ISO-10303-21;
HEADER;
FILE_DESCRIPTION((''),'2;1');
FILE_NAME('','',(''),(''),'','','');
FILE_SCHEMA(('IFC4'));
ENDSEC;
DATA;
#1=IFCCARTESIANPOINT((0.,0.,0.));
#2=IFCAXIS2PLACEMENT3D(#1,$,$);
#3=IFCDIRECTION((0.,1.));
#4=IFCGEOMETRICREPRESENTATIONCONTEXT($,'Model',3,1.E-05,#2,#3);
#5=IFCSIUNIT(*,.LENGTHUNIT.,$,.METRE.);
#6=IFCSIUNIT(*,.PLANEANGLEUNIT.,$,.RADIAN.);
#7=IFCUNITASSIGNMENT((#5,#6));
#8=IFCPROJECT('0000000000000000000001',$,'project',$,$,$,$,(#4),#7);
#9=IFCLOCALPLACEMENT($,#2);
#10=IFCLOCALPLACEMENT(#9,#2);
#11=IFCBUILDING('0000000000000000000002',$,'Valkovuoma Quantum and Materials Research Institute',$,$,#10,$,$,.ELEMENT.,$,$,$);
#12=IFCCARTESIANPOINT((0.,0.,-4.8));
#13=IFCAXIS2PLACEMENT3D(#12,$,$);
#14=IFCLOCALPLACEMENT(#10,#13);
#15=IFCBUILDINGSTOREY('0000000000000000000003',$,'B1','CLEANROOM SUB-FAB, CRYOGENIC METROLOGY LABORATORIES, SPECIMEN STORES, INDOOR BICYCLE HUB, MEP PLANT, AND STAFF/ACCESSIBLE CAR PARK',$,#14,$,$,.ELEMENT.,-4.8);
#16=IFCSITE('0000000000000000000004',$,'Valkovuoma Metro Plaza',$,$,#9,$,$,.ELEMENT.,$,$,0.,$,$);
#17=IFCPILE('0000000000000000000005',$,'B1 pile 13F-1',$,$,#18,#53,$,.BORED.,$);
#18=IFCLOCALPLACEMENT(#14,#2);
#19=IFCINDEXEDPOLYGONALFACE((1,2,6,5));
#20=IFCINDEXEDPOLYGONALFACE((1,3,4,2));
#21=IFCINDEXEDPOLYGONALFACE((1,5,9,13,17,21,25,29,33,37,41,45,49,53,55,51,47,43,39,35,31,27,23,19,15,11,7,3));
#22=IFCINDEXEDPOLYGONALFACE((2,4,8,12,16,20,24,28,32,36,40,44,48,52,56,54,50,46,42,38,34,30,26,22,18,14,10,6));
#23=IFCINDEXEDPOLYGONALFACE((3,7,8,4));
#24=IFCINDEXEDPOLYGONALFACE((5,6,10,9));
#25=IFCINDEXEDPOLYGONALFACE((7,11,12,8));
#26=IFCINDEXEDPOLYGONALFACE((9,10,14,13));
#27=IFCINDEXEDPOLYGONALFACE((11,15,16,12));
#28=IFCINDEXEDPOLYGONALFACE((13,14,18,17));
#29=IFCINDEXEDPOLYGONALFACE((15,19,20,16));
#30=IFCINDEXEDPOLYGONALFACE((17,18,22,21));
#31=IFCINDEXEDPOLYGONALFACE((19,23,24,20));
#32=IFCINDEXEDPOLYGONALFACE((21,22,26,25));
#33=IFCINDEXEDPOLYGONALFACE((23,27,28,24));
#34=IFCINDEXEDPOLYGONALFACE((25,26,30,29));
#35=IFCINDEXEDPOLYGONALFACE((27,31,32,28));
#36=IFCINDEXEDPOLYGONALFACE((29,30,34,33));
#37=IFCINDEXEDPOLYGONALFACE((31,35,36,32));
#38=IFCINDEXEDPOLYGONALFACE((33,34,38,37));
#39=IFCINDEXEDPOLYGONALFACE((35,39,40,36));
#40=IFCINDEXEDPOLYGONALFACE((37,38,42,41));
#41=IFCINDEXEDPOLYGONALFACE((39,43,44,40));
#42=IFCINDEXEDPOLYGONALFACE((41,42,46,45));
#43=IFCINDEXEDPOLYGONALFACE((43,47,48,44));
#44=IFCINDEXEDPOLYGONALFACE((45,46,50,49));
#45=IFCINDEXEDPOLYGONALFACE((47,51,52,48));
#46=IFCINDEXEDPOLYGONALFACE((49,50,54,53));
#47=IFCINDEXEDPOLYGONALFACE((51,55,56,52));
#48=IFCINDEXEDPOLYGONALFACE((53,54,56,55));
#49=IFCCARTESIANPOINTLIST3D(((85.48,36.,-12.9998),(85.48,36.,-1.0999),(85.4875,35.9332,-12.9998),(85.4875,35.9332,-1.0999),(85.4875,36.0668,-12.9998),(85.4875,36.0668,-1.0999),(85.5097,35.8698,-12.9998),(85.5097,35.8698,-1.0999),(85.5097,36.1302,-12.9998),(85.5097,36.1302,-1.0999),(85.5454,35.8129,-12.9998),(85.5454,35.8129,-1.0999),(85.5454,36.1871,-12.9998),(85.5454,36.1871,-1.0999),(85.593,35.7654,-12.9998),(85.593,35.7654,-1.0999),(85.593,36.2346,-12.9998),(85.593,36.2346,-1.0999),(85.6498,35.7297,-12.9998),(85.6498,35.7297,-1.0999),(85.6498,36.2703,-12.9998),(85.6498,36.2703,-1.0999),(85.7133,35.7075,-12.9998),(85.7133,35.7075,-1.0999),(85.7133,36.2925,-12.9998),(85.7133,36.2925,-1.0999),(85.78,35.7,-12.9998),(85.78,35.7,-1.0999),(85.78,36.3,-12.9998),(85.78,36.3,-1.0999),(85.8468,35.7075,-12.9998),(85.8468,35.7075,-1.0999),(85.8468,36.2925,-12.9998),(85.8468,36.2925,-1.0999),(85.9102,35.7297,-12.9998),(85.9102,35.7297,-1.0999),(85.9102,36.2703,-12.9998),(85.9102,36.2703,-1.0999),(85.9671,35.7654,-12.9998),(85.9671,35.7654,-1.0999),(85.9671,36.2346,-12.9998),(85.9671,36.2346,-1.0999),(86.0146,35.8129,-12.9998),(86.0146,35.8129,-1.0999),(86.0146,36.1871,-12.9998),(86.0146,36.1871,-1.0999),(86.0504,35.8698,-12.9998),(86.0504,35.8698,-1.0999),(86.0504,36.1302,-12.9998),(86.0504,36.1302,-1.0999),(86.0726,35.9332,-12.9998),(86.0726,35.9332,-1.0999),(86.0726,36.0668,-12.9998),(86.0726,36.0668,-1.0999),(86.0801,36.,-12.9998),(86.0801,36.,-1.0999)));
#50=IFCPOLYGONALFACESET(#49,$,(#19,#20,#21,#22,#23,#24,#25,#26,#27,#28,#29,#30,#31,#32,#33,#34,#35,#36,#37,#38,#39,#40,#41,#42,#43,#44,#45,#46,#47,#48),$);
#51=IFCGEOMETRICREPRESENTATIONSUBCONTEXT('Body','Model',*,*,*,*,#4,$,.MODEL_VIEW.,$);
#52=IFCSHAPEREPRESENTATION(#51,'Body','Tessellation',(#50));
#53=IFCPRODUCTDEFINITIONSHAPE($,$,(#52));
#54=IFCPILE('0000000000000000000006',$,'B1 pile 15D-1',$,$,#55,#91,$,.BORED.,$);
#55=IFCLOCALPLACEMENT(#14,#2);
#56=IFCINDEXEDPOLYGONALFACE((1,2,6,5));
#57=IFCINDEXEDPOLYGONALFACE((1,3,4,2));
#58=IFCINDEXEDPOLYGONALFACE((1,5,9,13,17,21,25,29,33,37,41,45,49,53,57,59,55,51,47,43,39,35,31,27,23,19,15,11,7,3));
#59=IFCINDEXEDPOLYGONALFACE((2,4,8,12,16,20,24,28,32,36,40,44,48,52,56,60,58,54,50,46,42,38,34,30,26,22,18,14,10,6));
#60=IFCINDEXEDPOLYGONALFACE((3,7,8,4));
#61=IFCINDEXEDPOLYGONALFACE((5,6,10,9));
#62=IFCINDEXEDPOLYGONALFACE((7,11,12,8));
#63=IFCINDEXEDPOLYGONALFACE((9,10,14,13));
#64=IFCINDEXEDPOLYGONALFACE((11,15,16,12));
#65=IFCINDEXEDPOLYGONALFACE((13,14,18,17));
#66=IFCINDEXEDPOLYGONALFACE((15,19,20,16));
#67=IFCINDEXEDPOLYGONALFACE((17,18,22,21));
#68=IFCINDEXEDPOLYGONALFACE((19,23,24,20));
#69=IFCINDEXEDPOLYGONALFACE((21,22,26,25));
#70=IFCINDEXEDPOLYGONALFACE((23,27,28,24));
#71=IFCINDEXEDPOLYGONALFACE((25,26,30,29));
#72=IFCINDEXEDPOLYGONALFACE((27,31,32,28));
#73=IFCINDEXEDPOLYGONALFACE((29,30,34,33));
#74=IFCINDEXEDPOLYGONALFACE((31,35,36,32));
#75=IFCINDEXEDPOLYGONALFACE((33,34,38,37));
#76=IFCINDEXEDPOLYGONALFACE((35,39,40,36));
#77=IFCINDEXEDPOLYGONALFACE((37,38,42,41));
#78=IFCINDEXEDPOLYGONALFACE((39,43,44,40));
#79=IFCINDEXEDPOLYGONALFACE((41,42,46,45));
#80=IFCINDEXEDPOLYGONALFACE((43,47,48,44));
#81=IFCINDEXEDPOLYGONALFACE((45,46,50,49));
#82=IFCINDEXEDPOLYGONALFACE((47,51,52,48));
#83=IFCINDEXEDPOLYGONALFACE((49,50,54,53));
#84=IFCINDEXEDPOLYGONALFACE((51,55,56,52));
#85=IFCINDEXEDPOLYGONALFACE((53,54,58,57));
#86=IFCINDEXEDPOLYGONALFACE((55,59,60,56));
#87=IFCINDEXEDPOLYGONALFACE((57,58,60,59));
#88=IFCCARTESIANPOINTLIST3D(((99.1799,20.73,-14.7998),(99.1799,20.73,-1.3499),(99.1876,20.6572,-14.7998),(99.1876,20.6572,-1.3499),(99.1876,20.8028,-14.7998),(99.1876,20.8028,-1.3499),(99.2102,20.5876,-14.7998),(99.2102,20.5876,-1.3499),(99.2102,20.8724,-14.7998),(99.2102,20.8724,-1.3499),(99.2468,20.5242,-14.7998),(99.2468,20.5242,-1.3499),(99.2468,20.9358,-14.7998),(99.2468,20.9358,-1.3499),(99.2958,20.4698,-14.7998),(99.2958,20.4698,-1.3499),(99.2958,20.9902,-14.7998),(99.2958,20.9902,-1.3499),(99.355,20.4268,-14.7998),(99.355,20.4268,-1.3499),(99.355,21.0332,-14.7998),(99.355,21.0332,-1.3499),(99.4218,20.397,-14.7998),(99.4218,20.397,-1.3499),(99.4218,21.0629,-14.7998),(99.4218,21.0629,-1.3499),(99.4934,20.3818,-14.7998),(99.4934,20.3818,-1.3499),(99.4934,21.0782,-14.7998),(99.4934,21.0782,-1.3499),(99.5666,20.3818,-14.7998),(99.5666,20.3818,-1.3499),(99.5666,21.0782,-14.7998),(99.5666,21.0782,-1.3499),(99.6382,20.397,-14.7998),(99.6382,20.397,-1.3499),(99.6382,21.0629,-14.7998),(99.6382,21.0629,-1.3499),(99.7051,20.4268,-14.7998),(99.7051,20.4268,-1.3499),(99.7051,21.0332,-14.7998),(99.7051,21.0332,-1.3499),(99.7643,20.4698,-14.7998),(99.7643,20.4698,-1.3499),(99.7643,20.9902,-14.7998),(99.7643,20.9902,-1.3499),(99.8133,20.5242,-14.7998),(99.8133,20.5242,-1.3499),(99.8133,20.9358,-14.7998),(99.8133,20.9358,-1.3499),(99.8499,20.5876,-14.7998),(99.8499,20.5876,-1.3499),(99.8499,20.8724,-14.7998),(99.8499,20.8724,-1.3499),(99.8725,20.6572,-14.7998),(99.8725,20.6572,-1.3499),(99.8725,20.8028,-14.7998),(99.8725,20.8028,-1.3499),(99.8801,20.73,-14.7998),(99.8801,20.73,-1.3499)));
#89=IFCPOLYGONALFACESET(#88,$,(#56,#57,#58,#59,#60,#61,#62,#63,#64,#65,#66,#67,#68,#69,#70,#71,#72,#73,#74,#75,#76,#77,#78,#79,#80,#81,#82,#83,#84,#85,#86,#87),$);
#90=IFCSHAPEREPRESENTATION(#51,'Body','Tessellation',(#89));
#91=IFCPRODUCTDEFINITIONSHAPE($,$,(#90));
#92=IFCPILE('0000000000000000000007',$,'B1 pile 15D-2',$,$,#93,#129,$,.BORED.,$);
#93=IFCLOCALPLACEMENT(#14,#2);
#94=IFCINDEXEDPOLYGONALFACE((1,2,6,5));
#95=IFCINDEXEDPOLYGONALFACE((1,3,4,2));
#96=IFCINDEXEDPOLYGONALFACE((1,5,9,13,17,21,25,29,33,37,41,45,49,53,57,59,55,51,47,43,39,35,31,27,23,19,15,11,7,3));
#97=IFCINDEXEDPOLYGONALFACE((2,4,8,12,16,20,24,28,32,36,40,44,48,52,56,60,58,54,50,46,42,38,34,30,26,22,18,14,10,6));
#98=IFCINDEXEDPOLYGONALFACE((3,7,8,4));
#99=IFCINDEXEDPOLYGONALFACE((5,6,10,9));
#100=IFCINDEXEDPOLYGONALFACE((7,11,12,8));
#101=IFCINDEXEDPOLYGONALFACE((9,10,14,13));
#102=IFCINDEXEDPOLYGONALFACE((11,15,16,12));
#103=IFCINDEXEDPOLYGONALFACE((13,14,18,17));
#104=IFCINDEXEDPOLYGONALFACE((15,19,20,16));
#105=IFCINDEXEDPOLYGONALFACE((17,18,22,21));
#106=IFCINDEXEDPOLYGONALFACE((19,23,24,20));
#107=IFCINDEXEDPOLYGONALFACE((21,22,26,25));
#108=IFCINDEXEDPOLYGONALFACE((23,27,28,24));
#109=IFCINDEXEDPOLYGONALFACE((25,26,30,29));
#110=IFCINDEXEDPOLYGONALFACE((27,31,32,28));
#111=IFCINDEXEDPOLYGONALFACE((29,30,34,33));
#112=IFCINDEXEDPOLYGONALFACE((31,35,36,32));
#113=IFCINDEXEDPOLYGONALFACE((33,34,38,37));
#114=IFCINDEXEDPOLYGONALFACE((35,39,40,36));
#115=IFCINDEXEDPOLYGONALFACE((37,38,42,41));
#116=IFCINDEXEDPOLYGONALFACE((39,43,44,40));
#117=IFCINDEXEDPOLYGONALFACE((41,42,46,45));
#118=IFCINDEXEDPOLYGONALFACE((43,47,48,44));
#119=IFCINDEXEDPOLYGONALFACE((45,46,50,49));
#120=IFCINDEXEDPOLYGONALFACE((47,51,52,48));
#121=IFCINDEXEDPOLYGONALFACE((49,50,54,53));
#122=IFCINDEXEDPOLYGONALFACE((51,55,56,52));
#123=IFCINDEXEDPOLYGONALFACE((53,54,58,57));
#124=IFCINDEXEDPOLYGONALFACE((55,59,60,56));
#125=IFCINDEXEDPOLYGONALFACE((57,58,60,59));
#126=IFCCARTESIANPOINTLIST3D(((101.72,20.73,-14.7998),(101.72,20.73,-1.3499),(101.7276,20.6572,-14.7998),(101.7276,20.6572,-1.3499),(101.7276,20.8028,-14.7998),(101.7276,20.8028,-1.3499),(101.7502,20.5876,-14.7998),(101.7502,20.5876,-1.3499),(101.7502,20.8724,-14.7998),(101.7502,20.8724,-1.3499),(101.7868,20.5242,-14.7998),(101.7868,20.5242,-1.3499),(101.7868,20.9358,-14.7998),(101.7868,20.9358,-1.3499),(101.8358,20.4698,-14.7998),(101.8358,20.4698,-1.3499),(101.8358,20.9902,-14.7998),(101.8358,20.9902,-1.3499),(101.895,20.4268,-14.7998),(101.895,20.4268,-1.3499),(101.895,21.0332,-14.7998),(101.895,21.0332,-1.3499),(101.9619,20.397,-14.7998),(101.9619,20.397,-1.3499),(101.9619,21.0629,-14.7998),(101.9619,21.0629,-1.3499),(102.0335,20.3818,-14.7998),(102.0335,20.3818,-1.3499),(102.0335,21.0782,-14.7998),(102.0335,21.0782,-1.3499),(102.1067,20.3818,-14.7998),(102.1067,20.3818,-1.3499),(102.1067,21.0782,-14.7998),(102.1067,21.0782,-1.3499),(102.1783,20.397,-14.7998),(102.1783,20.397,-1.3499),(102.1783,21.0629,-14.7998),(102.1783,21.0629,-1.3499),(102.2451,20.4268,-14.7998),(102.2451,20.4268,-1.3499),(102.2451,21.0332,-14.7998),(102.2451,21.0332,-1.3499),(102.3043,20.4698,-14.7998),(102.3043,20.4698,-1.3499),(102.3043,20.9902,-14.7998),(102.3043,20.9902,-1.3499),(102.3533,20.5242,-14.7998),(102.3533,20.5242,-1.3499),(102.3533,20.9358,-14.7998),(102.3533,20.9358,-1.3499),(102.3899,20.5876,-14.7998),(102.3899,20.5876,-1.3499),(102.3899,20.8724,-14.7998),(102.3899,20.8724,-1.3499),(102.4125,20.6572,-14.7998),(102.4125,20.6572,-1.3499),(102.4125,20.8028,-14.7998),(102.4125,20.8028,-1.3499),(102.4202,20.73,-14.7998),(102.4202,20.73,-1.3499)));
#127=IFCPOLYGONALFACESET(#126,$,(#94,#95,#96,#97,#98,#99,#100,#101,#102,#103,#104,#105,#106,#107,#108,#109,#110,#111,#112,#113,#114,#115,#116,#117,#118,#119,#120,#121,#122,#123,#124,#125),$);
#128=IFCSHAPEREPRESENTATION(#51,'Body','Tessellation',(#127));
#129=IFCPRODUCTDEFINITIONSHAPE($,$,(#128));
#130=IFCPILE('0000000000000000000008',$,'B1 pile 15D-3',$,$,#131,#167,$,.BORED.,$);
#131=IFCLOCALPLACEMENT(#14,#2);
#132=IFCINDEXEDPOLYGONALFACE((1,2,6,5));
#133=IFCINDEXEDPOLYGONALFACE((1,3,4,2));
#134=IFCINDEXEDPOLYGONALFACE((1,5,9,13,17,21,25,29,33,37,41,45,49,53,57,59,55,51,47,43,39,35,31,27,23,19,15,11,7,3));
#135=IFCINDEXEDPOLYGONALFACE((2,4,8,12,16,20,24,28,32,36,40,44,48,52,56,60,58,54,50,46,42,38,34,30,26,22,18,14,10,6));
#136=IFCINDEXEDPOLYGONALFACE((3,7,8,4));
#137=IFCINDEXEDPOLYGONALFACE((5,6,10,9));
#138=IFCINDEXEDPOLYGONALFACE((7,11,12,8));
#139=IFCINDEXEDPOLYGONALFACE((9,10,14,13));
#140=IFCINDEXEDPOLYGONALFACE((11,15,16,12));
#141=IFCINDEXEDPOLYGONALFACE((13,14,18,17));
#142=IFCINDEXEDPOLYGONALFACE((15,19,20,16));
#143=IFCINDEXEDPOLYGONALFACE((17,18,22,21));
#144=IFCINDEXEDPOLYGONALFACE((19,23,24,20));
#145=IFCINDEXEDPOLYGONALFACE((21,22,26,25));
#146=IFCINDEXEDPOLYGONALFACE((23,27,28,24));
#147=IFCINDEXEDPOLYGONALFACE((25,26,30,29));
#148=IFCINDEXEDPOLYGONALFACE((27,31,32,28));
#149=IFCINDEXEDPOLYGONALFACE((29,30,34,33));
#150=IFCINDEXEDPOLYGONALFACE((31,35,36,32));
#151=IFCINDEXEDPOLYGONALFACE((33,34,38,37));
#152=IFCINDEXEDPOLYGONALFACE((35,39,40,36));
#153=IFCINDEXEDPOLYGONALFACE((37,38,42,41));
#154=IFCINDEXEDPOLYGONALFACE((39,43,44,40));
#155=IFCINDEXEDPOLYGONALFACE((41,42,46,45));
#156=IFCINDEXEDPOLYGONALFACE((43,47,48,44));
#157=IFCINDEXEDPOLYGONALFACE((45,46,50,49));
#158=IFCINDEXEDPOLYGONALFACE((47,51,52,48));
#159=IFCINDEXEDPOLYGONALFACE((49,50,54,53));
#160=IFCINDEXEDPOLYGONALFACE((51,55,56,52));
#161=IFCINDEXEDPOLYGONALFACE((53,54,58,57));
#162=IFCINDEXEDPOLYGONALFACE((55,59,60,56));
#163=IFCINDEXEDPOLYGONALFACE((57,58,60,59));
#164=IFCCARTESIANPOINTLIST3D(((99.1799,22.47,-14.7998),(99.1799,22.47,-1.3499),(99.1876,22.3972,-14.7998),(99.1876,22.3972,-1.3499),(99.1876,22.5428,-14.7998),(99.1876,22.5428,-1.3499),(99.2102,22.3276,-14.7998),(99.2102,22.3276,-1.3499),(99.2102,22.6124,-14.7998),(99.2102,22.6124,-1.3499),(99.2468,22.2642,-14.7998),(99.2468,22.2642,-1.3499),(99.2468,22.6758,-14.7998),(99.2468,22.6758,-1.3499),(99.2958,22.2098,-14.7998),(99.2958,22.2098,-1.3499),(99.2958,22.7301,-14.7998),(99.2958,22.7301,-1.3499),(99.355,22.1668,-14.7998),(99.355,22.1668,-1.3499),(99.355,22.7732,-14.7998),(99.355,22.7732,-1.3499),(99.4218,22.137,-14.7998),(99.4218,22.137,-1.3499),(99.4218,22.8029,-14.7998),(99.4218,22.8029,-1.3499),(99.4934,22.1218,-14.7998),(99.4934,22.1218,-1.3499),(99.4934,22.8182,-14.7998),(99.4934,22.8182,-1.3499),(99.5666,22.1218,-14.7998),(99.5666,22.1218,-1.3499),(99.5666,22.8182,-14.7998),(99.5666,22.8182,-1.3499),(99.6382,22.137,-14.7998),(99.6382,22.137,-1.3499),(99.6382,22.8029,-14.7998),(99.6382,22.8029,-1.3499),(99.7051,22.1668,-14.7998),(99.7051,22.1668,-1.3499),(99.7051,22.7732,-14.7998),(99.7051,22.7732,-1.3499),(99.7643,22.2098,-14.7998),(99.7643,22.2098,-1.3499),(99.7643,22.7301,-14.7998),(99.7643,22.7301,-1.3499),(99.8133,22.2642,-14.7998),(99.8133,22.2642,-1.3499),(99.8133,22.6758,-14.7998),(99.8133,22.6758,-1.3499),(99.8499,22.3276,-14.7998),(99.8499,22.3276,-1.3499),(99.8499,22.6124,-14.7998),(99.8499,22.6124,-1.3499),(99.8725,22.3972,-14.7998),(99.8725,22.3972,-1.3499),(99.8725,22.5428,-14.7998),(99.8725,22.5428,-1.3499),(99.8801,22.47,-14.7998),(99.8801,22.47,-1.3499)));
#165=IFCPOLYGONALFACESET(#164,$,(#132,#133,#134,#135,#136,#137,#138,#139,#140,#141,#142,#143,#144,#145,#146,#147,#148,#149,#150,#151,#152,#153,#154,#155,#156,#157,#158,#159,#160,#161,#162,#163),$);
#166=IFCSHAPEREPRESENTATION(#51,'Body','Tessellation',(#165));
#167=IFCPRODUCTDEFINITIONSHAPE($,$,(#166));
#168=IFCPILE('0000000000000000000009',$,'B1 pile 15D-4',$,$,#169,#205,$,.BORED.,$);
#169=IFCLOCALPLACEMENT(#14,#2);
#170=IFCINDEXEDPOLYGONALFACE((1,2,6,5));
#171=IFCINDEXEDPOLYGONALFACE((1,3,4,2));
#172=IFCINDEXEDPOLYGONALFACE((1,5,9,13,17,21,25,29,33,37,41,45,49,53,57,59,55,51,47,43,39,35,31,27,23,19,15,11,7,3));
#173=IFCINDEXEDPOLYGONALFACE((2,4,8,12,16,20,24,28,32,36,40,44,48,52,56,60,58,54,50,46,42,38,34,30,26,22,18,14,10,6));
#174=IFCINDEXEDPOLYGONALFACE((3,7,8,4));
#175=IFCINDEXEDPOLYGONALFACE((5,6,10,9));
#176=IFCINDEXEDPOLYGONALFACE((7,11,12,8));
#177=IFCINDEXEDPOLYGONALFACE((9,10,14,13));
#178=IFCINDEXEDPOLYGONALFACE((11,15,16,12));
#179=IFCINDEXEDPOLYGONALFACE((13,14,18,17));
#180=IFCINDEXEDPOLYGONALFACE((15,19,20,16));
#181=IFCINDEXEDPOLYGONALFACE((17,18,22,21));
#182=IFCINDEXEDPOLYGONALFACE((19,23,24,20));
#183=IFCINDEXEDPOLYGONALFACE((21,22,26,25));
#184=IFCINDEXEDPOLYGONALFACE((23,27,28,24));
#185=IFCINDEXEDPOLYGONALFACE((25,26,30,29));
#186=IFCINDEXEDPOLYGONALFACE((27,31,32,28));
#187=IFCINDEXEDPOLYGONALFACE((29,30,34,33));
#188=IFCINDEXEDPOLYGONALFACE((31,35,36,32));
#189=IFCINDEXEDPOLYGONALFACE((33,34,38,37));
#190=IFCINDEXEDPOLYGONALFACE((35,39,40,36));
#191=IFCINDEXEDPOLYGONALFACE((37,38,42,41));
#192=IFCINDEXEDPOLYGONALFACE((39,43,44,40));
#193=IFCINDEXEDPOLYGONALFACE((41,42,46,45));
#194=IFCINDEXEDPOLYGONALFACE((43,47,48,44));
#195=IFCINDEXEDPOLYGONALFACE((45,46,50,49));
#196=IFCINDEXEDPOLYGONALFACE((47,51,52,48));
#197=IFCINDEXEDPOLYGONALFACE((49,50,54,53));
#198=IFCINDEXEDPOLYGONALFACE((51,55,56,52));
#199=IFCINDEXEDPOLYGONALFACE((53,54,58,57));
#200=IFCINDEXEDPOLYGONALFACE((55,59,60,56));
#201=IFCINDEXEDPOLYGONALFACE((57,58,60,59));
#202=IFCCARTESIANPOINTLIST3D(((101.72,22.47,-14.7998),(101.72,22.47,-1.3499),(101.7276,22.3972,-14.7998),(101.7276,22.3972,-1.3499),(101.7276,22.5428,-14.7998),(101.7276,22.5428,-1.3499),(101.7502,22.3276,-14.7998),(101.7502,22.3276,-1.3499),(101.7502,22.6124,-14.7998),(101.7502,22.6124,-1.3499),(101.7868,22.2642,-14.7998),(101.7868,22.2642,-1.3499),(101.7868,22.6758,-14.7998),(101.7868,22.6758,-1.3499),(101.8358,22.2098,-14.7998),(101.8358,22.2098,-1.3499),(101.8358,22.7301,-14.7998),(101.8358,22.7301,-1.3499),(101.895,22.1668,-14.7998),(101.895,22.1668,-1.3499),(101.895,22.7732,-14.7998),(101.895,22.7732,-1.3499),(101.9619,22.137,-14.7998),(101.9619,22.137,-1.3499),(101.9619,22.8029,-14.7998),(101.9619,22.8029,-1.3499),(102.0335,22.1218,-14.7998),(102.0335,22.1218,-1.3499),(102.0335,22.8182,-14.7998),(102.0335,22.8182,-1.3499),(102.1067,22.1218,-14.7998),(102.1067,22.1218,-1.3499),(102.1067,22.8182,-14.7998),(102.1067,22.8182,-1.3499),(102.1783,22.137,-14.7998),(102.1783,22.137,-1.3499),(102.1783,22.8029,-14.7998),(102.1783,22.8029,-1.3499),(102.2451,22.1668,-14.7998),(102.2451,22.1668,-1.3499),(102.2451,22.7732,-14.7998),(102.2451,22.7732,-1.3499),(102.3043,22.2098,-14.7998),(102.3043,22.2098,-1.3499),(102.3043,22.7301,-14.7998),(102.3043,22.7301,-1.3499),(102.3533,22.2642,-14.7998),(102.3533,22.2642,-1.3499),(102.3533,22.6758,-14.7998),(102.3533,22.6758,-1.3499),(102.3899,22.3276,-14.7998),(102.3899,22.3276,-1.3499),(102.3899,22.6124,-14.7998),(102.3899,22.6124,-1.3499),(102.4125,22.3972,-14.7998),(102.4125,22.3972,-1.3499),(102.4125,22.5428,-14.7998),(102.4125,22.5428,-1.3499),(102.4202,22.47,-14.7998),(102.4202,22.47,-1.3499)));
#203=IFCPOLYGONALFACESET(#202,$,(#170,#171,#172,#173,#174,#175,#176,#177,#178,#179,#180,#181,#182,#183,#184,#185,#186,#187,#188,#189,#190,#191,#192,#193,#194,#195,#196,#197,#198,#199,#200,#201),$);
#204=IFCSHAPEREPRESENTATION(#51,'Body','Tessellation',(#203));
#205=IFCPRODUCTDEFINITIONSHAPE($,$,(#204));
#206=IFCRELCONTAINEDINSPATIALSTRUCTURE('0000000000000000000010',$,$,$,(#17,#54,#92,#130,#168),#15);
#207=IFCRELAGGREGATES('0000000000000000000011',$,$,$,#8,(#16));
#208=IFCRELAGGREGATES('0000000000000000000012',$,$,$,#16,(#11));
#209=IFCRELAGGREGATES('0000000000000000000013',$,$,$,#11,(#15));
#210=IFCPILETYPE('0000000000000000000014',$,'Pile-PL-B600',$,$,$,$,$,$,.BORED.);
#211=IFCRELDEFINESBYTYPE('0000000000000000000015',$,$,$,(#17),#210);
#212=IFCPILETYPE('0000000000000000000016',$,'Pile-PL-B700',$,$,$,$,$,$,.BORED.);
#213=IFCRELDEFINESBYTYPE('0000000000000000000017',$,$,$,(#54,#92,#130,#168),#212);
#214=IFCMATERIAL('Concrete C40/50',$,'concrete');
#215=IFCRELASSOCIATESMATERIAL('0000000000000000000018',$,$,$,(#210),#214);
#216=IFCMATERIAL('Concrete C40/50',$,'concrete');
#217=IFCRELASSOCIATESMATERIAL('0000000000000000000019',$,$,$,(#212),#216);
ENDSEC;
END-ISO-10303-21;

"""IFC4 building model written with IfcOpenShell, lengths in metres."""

from ifc_helpers import new_model, si_unit, direction, frame, origin, origin_2d, place, context, subcontext, project, spatial, circle, extrude, material, material_profile, profile_set, type_object, element, save


model = new_model("IFC4")

# Units and contexts
model_context = context("Model", 3, precision=1e-05, world=origin(), true_north=direction((0.0, 1.0)))
body_context = subcontext(model_context, "Body", "Model", "MODEL_VIEW")
ifc_project = project(units=[si_unit("LENGTHUNIT", "METRE"), si_unit("PLANEANGLEUNIT", "RADIAN")], contexts=[model_context])

# Site, building, storey
site_placement = place(None, origin())
site = spatial("IfcSite", under=ifc_project, at=site_placement, Name="Valkovuoma Metro Plaza", CompositionType="ELEMENT", RefElevation=0.0)
building_placement = place(site_placement, origin())
building = spatial("IfcBuilding", under=site, at=building_placement, Name="Valkovuoma Quantum and Materials Research Institute", CompositionType="ELEMENT")
storey_placement = place(building_placement, frame((0.0, 0.0, -4.8)))
storey = spatial("IfcBuildingStorey", under=building, at=storey_placement, Name="B1", Description="CLEANROOM SUB-FAB, CRYOGENIC METROLOGY LABORATORIES, SPECIMEN STORES, INDOOR BICYCLE HUB, MEP PLANT, AND STAFF/ACCESSIBLE CAR PARK", CompositionType="ELEMENT", Elevation=-4.8)

# Piles
ifc_material_1 = material(Name="Concrete C40/50", Category="concrete")
ifc_material_profile_1 = material_profile(ifc_material_1, circle(Radius=0.3, at=origin_2d()), Name="Concrete C40/50")
ifc_profile_set_1 = profile_set([ifc_material_profile_1], Name="Concrete C40/50")
pile_type_1 = type_object("IfcPileType", Name="Pile-PL-B600", PredefinedType="BORED", material=ifc_profile_set_1)
pile_1_placement = place(storey_placement, frame((85.78, 36.0, -1.0999), z_axis=(0.0, 0.0, -1.0), x_axis=(1.0, 0.0, 0.0)))
element("IfcPile", 1, at=pile_1_placement, inside=storey, type_object=pile_type_1, Name="B1 pile 13F-1", PredefinedType="BORED", context=body_context, shape_type="SweptSolid", body=[
    extrude(circle(Radius=0.3, at=origin_2d()), origin(), (0.0, 0.0, 1.0), 11.8999),
])
ifc_material_2 = material(Name="Concrete C40/50", Category="concrete")
ifc_material_profile_2 = material_profile(ifc_material_2, circle(Radius=0.3501, at=origin_2d()), Name="Concrete C40/50")
ifc_profile_set_2 = profile_set([ifc_material_profile_2], Name="Concrete C40/50")
pile_type_2 = type_object("IfcPileType", Name="Pile-PL-B700", PredefinedType="BORED", material=ifc_profile_set_2)
for number, where, z_axis, x_axis, name in (
    (2, (99.53, 20.73, -1.3499), (0.0, 0.0, -1.0), (1.0, 0.0, 0.0), "B1 pile 15D-1"),
    (3, (102.0701, 20.73, -1.3499), (0.0, 0.0, -1.0), (1.0, 0.0, 0.0), "B1 pile 15D-2"),
    (4, (99.53, 22.47, -1.3499), (0.0, 0.0, -1.0), (1.0, 0.0, 0.0), "B1 pile 15D-3"),
    (5, (102.0701, 22.47, -1.3499), (0.0, 0.0, -1.0), (1.0, 0.0, 0.0), "B1 pile 15D-4"),
):
    element("IfcPile", number, at=place(storey_placement, frame(where, z_axis=z_axis, x_axis=x_axis)), inside=storey, type_object=pile_type_2, Name=name, PredefinedType="BORED", context=body_context, shape_type="SweptSolid", body=[
        extrude(circle(Radius=0.3501, at=origin_2d()), origin(), (0.0, 0.0, 1.0), 13.45),
    ])

save(model, "model.ifc")
